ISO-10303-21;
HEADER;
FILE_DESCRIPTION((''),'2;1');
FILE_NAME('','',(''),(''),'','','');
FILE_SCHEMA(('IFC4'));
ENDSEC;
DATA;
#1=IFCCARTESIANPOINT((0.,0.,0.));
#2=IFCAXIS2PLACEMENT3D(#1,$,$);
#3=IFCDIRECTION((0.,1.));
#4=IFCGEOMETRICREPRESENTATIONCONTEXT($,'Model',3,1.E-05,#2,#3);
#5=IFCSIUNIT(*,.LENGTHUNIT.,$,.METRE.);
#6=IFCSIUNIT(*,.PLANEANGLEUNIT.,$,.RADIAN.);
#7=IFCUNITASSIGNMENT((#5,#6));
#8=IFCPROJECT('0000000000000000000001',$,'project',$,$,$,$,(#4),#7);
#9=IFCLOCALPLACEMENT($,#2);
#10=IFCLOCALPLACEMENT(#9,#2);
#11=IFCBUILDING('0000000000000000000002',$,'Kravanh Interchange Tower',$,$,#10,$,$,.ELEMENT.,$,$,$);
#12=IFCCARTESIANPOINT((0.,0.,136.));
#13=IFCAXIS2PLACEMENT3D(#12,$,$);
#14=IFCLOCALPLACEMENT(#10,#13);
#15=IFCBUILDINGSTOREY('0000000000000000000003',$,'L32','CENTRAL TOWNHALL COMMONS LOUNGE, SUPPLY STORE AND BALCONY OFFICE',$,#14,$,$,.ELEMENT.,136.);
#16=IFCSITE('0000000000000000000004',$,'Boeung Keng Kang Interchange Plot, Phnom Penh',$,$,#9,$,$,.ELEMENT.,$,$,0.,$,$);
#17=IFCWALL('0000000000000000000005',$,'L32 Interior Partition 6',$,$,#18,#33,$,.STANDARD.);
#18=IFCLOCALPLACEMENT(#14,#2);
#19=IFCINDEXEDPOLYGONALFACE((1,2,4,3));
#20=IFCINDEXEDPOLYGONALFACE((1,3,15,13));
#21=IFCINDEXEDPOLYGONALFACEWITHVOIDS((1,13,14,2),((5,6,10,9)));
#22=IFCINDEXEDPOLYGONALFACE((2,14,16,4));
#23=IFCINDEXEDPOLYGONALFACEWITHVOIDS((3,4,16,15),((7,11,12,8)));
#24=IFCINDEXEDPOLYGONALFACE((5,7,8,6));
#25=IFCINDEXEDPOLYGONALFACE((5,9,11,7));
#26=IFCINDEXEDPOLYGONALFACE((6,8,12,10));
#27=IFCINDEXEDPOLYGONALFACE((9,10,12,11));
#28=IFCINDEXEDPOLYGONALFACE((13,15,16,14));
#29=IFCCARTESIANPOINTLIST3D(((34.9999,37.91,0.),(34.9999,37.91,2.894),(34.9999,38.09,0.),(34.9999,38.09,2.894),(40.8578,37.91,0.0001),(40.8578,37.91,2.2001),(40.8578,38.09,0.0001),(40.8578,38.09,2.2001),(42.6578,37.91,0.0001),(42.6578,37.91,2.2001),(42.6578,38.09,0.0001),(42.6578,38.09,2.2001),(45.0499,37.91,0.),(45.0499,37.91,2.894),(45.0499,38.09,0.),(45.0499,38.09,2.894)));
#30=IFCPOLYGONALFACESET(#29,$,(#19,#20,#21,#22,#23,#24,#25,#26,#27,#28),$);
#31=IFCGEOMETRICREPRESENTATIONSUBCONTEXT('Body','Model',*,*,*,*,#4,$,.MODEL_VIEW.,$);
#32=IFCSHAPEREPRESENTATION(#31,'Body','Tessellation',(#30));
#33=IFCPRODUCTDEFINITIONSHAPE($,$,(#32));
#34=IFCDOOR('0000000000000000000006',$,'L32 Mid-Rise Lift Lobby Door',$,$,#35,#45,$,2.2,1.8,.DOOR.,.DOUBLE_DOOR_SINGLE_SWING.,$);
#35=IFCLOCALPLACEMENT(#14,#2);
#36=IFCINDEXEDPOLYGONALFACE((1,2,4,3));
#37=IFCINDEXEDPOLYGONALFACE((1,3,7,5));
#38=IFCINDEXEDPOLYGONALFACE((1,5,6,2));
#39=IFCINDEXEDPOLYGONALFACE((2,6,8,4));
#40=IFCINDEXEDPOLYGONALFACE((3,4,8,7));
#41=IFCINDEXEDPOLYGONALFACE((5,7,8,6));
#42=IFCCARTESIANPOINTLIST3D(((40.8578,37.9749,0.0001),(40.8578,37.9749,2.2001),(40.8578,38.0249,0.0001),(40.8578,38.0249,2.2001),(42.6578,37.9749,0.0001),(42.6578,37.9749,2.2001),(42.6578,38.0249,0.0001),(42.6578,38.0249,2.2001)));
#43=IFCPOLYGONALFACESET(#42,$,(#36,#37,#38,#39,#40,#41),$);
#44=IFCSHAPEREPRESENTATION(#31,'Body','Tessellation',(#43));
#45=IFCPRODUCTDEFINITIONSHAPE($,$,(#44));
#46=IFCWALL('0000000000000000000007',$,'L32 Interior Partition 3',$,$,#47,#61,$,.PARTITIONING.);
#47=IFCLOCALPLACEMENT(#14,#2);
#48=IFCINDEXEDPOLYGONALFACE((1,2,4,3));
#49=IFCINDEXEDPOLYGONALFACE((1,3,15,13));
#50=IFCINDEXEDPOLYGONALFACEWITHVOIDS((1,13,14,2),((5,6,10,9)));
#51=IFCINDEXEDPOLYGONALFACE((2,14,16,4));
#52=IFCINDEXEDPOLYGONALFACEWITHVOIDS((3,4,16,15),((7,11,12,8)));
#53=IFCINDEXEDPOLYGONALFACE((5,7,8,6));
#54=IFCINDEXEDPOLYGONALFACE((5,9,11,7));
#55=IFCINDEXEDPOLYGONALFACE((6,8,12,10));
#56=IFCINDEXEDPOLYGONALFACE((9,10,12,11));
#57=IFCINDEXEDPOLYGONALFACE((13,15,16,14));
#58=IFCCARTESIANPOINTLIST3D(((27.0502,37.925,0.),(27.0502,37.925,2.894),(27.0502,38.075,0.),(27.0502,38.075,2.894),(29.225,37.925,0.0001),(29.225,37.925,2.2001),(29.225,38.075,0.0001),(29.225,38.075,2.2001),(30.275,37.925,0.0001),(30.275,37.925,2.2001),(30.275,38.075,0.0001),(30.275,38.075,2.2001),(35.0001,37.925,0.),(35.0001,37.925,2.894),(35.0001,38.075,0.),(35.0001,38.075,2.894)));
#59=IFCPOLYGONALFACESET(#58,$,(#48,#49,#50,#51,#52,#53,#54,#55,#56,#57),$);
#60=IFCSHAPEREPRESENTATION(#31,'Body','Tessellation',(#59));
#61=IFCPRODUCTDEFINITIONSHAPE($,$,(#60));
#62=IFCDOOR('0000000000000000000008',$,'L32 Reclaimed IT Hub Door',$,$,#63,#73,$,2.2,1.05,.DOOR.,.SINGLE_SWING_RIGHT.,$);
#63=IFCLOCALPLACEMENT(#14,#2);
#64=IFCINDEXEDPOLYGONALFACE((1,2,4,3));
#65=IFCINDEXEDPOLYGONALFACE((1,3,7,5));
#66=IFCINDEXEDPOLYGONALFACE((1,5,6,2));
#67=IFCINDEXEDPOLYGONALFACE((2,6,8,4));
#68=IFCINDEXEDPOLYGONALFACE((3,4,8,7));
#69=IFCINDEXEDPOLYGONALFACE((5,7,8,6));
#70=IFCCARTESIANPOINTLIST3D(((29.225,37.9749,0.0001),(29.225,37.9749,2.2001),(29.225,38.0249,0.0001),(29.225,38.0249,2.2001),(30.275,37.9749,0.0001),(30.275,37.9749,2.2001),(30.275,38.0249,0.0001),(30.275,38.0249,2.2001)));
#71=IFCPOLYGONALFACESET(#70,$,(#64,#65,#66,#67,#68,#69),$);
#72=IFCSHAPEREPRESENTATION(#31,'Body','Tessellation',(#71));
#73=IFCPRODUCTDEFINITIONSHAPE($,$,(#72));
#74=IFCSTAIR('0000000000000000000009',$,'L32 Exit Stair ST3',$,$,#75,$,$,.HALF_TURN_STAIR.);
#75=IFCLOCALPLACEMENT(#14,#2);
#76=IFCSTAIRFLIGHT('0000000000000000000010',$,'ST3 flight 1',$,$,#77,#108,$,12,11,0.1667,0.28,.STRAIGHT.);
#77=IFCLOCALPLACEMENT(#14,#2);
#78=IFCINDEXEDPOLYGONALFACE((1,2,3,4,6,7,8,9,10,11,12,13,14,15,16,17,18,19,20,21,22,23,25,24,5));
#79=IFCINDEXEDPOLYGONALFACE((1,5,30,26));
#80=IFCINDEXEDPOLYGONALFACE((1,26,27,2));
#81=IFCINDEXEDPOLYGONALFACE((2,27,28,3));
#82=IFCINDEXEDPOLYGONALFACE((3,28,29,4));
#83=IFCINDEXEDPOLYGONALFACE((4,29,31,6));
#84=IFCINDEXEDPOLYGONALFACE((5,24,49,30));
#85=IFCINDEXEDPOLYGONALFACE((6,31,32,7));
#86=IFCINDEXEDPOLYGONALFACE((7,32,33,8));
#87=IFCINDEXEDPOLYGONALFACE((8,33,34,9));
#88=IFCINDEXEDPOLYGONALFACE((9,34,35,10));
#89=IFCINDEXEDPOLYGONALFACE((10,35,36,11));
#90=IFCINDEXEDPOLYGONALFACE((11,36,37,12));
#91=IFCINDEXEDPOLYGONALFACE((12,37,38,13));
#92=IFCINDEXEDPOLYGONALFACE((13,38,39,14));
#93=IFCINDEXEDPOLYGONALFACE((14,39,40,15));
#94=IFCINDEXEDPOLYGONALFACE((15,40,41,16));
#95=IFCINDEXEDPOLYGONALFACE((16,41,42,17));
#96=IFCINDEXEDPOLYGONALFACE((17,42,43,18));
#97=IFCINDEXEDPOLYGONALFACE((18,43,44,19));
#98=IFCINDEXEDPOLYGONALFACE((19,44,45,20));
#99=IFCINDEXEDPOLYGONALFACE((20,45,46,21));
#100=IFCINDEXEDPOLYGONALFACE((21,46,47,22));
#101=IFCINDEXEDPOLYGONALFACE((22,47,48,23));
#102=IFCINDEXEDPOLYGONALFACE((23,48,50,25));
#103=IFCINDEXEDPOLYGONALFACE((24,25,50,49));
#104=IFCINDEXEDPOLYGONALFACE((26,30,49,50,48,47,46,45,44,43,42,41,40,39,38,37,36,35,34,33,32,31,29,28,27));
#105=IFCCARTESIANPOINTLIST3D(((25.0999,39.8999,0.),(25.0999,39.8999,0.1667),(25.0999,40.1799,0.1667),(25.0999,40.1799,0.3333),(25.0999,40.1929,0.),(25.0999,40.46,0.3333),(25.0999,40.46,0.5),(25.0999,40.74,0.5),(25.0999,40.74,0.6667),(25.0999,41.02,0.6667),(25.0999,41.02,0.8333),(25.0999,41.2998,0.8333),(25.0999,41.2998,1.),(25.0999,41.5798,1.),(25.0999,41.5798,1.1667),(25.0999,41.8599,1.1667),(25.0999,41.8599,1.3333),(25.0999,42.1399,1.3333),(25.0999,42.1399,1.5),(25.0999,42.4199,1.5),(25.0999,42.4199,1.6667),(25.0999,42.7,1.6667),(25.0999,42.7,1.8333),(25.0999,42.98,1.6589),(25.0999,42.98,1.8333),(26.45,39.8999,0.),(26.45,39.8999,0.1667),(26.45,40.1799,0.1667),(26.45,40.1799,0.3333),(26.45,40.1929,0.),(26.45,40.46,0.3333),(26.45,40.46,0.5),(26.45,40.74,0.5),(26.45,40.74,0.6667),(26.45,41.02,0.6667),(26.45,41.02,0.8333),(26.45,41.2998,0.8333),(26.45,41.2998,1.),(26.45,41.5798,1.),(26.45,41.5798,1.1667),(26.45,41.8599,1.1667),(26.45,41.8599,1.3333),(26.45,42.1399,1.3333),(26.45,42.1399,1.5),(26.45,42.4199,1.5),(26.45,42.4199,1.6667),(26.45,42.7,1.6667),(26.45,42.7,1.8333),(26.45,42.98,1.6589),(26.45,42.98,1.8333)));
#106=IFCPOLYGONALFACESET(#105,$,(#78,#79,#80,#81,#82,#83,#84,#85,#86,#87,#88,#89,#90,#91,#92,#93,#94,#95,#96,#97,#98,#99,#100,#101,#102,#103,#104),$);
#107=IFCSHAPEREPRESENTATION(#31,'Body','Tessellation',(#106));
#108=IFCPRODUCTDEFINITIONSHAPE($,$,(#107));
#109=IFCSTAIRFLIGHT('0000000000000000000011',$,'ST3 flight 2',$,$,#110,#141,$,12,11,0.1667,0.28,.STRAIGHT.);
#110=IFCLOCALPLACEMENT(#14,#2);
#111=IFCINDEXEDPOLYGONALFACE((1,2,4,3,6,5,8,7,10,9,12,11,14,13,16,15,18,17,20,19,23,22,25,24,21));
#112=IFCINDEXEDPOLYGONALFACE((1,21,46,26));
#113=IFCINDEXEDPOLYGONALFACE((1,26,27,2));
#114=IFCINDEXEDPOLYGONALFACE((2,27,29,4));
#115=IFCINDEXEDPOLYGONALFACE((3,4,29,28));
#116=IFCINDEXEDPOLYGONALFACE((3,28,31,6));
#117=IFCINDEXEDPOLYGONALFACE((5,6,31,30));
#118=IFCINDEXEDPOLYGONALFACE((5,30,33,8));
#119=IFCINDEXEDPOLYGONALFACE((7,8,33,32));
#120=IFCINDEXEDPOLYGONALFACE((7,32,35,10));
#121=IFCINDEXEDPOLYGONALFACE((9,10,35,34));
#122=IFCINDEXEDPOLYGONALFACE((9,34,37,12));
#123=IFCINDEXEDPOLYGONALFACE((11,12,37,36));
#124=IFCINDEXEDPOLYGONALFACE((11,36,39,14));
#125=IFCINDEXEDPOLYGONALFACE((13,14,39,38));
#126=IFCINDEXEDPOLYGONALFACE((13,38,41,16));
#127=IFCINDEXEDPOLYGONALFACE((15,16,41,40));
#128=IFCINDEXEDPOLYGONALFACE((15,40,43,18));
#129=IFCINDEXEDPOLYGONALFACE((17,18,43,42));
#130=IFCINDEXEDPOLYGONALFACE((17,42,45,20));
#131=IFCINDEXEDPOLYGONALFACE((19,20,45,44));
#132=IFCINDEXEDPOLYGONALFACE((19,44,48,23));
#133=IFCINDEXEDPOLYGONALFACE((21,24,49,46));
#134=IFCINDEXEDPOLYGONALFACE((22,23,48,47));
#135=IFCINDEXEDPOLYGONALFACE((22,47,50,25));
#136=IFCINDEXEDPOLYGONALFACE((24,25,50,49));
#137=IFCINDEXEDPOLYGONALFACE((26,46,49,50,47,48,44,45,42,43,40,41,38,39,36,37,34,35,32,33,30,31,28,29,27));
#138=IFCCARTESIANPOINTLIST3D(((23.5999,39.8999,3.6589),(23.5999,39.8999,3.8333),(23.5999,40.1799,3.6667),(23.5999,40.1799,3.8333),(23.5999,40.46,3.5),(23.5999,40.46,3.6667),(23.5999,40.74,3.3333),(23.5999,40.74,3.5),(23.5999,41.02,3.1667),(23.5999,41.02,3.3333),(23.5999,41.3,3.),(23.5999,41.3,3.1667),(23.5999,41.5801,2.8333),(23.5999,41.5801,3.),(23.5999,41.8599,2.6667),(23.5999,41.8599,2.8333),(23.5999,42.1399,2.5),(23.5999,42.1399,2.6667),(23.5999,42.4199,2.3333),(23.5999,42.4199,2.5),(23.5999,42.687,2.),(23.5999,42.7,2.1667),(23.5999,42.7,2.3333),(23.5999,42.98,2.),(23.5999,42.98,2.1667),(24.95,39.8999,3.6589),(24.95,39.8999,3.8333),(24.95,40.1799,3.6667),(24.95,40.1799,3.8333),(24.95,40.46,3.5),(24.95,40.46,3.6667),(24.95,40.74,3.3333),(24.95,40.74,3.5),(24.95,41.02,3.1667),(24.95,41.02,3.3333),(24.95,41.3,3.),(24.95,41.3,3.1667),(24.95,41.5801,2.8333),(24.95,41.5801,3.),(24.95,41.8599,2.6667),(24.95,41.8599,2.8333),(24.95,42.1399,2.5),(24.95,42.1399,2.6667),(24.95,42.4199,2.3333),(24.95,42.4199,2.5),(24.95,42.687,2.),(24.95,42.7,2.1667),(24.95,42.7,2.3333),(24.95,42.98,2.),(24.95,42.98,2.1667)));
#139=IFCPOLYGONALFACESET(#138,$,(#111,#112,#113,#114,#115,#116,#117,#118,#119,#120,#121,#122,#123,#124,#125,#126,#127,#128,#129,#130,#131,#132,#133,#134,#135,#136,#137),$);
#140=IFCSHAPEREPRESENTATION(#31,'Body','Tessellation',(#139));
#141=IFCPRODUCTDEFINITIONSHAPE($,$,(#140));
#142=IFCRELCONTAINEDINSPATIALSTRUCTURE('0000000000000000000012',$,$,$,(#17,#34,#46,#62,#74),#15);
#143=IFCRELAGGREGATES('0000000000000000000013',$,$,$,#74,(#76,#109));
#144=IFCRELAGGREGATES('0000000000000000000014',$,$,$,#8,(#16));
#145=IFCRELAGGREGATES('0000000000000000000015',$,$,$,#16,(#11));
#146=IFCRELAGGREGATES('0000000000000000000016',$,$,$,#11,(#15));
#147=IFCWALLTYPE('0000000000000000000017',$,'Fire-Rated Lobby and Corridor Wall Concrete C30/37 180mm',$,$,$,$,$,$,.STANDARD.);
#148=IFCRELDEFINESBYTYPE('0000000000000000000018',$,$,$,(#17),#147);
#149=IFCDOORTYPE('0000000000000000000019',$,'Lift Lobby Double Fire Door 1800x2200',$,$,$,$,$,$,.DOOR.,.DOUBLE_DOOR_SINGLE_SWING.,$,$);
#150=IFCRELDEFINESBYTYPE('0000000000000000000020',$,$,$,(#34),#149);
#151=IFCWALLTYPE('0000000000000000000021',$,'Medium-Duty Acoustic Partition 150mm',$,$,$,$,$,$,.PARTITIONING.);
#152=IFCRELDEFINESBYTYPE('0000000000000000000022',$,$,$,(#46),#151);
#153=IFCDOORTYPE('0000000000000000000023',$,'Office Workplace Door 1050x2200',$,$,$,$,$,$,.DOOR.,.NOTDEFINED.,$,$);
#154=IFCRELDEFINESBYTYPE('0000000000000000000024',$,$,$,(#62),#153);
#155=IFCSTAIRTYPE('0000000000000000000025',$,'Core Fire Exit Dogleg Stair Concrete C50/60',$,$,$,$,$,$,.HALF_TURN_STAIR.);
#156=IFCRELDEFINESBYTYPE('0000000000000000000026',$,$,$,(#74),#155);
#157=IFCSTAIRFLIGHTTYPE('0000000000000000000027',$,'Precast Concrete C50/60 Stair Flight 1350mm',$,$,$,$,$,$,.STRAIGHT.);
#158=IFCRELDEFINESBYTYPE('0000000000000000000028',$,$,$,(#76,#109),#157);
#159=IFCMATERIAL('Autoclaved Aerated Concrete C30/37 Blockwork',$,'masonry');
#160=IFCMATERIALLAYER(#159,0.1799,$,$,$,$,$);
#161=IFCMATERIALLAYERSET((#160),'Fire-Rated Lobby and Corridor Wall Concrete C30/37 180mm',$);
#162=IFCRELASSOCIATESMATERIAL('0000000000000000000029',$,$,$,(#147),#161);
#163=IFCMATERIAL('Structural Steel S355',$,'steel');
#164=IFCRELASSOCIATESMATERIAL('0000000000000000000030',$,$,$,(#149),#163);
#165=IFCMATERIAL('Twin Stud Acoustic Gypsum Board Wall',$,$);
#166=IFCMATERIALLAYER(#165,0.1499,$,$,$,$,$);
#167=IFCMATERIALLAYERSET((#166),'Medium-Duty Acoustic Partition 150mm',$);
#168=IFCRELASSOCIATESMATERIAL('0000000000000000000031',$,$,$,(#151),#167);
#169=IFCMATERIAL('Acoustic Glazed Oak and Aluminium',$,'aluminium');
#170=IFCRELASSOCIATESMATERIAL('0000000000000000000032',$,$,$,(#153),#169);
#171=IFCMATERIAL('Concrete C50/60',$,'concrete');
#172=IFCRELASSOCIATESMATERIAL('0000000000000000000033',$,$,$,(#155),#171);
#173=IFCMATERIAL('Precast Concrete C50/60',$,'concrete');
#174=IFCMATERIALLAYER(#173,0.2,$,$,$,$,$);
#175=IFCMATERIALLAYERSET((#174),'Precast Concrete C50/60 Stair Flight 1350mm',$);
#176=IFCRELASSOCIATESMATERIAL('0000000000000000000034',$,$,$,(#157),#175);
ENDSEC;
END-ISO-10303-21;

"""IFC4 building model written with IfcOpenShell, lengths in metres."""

from ifc_helpers import new_model, si_unit, direction, frame, frame_2d, origin, place, context, subcontext, project, spatial, polyline, rectangle, outline, extrude, material, layer, layer_set, type_object, element, fill, aggregate, save


model = new_model("IFC4")

# Units and contexts
model_context = context("Model", 3, precision=1e-05, world=origin(), true_north=direction((0.0, 1.0)))
body_context = subcontext(model_context, "Body", "Model", "MODEL_VIEW")
ifc_project = project(units=[si_unit("LENGTHUNIT", "METRE"), si_unit("PLANEANGLEUNIT", "RADIAN")], contexts=[model_context])

# Site, building, storey
site_placement = place(None, origin())
site = spatial("IfcSite", under=ifc_project, at=site_placement, Name="Boeung Keng Kang Interchange Plot, Phnom Penh", CompositionType="ELEMENT", RefElevation=0.0)
building_placement = place(site_placement, origin())
building = spatial("IfcBuilding", under=site, at=building_placement, Name="Kravanh Interchange Tower", CompositionType="ELEMENT")
storey_placement = place(building_placement, frame((0.0, 0.0, 136.0)))
storey = spatial("IfcBuildingStorey", under=building, at=storey_placement, Name="L32", Description="CENTRAL TOWNHALL COMMONS LOUNGE, SUPPLY STORE AND BALCONY OFFICE", CompositionType="ELEMENT", Elevation=136.0)

# Shared definitions
ifc_material_1 = material(Name="Autoclaved Aerated Concrete C30/37 Blockwork", Category="masonry")
ifc_layer_1 = layer(ifc_material_1, 0.1799)
ifc_layer_set_1 = layer_set([ifc_layer_1], Name="Fire-Rated Lobby and Corridor Wall Concrete C30/37 180mm")
wall_type_1 = type_object("IfcWallType", Name="Fire-Rated Lobby and Corridor Wall Concrete C30/37 180mm", PredefinedType="STANDARD", material=ifc_layer_set_1)

# Walls, openings, doors
wall_1_placement = place(storey_placement, frame((35.0, 38.0, 0.0), z_axis=(0.0, 0.0, 1.0), x_axis=(1.0, 0.0, 0.0)))
wall_1 = element("IfcWall", 1, at=wall_1_placement, inside=storey, type_object=wall_type_1, Name="L32 Interior Partition 6", PredefinedType="STANDARD", context=body_context, shape_type="SweptSolid", body=[
    extrude(rectangle(XDim=10.05, YDim=0.1799, at=frame_2d((5.0249, 0.0))), origin(), (0.0, 0.0, 1.0), 2.894),
])
opening_1_placement = place(wall_1_placement, frame((5.8579, 0.0, 0.0)))
opening_1 = element("IfcOpeningElement", 2, at=opening_1_placement, cuts=wall_1, PredefinedType="OPENING", context=body_context, shape_type="SweptSolid", body=[
    extrude(rectangle(XDim=1.8, YDim=2.2, at=frame_2d((0.8999, 1.1001))), frame((0.0, 0.1001, 0.0), z_axis=(0.0, -1.0, 0.0), x_axis=(1.0, 0.0, 0.0)), (0.0, 0.0, 1.0), 0.2),
])
ifc_material_2 = material(Name="Structural Steel S355", Category="steel")
door_type_1 = type_object("IfcDoorType", Name="Lift Lobby Double Fire Door 1800x2200", OperationType="DOUBLE_DOOR_SINGLE_SWING", PredefinedType="DOOR", material=ifc_material_2)
door_1_placement = place(opening_1_placement, origin())
door_1 = element("IfcDoor", 3, at=door_1_placement, inside=storey, type_object=door_type_1, Name="L32 Mid-Rise Lift Lobby Door", OperationType="DOUBLE_DOOR_SINGLE_SWING", OverallHeight=2.2, OverallWidth=1.8, PredefinedType="DOOR", context=body_context, shape_type="SweptSolid", body=[
    extrude(rectangle(XDim=1.8, YDim=2.2, at=frame_2d((0.8999, 1.1001))), frame((0.0, 0.0249, 0.0), z_axis=(0.0, -1.0, 0.0), x_axis=(1.0, 0.0, 0.0)), (0.0, 0.0, 1.0), 0.05),
])
fill(opening_1, door_1)
ifc_material_3 = material(Name="Twin Stud Acoustic Gypsum Board Wall")
ifc_layer_2 = layer(ifc_material_3, 0.1499)
ifc_layer_set_2 = layer_set([ifc_layer_2], Name="Medium-Duty Acoustic Partition 150mm")
wall_type_2 = type_object("IfcWallType", Name="Medium-Duty Acoustic Partition 150mm", PredefinedType="PARTITIONING", material=ifc_layer_set_2)
wall_2_placement = place(storey_placement, frame((27.05, 38.0, 0.0), z_axis=(0.0, 0.0, 1.0), x_axis=(1.0, 0.0, 0.0)))
wall_2 = element("IfcWall", 4, at=wall_2_placement, inside=storey, type_object=wall_type_2, Name="L32 Interior Partition 3", PredefinedType="PARTITIONING", context=body_context, shape_type="SweptSolid", body=[
    extrude(rectangle(XDim=7.95, YDim=0.1499, at=frame_2d((3.9751, 0.0))), origin(), (0.0, 0.0, 1.0), 2.894),
])
opening_2_placement = place(wall_2_placement, frame((2.175, 0.0, 0.0)))
opening_2 = element("IfcOpeningElement", 5, at=opening_2_placement, cuts=wall_2, PredefinedType="OPENING", context=body_context, shape_type="SweptSolid", body=[
    extrude(rectangle(XDim=1.05, YDim=2.2, at=frame_2d((0.5249, 1.1001))), frame((0.0, 0.085, 0.0), z_axis=(0.0, -1.0, 0.0), x_axis=(1.0, 0.0, 0.0)), (0.0, 0.0, 1.0), 0.1699),
])
ifc_material_4 = material(Name="Acoustic Glazed Oak and Aluminium", Category="aluminium")
door_type_2 = type_object("IfcDoorType", Name="Office Workplace Door 1050x2200", OperationType="NOTDEFINED", PredefinedType="DOOR", material=ifc_material_4)
door_2_placement = place(opening_2_placement, origin())
door_2 = element("IfcDoor", 6, at=door_2_placement, inside=storey, type_object=door_type_2, Name="L32 Reclaimed IT Hub Door", OperationType="SINGLE_SWING_RIGHT", OverallHeight=2.2, OverallWidth=1.05, PredefinedType="DOOR", context=body_context, shape_type="SweptSolid", body=[
    extrude(rectangle(XDim=1.05, YDim=2.2, at=frame_2d((0.5249, 1.1001))), frame((0.0, 0.0249, 0.0), z_axis=(0.0, -1.0, 0.0), x_axis=(1.0, 0.0, 0.0)), (0.0, 0.0, 1.0), 0.05),
])
fill(opening_2, door_2)

# Stair, stair flights
ifc_material_5 = material(Name="Concrete C50/60", Category="concrete")
stair_type = type_object("IfcStairType", Name="Core Fire Exit Dogleg Stair Concrete C50/60", PredefinedType="HALF_TURN_STAIR", material=ifc_material_5)
stair_placement = place(storey_placement, origin())
stair = element("IfcStair", 7, at=stair_placement, inside=storey, type_object=stair_type, Name="L32 Exit Stair ST3", PredefinedType="HALF_TURN_STAIR")
ifc_material_6 = material(Name="Precast Concrete C50/60", Category="concrete")
ifc_layer_3 = layer(ifc_material_6, 0.2)
ifc_layer_set_3 = layer_set([ifc_layer_3], Name="Precast Concrete C50/60 Stair Flight 1350mm")
stair_flight_type = type_object("IfcStairFlightType", Name="Precast Concrete C50/60 Stair Flight 1350mm", PredefinedType="STRAIGHT", material=ifc_layer_set_3)
stair_flight_1_placement = place(storey_placement, frame((25.7749, 39.8999, 0.0), z_axis=(0.0, 0.0, 1.0), x_axis=(0.0, 1.0, 0.0)))
stair_flight_1 = element("IfcStairFlight", 8, at=stair_flight_1_placement, type_object=stair_flight_type, Name="ST3 flight 1", NumberOfRisers=12, NumberOfTreads=11, PredefinedType="STRAIGHT", RiserHeight=0.1667, TreadLength=0.28, context=body_context, shape_type="SweptSolid", body=[
    extrude(outline(polyline([(0.0, 0.0), (0.0, 0.1667), (0.28, 0.1667), (0.28, 0.3333), (0.5601, 0.3333), (0.5601, 0.5), (0.8401, 0.5), (0.8401, 0.6667), (1.1201, 0.6667), (1.1201, 0.8333), (1.3999, 0.8333), (1.3999, 1.0), (1.6799, 1.0), (1.6799, 1.1667), (1.96, 1.1667), (1.96, 1.3333), (2.24, 1.3333), (2.24, 1.5), (2.52, 1.5), (2.52, 1.6667), (2.8, 1.6667), (2.8, 1.8333), (3.0801, 1.8333), (3.0801, 2.0), (3.0801, 1.6589), (0.293, 0.0), (0.0, 0.0)])), frame((0.0, 0.675, 0.0), z_axis=(0.0, -1.0, 0.0), x_axis=(1.0, 0.0, 0.0)), (0.0, 0.0, 1.0), 1.3501),
])
stair_flight_2_placement = place(storey_placement, frame((24.2749, 42.98, 2.0), z_axis=(0.0, 0.0, 1.0), x_axis=(0.0, -1.0, 0.0)))
stair_flight_2 = element("IfcStairFlight", 9, at=stair_flight_2_placement, type_object=stair_flight_type, Name="ST3 flight 2", NumberOfRisers=12, NumberOfTreads=11, PredefinedType="STRAIGHT", RiserHeight=0.1667, TreadLength=0.28, context=body_context, shape_type="SweptSolid", body=[
    extrude(outline(polyline([(0.0, 0.0), (0.0, 0.1667), (0.28, 0.1667), (0.28, 0.3333), (0.5601, 0.3333), (0.5601, 0.5), (0.8401, 0.5), (0.8401, 0.6667), (1.1201, 0.6667), (1.1201, 0.8333), (1.3999, 0.8333), (1.3999, 1.0), (1.6799, 1.0), (1.6799, 1.1667), (1.96, 1.1667), (1.96, 1.3333), (2.24, 1.3333), (2.24, 1.5), (2.52, 1.5), (2.52, 1.6667), (2.8, 1.6667), (2.8, 1.8333), (3.0801, 1.8333), (3.0801, 2.0), (3.0801, 1.6589), (0.293, 0.0), (0.0, 0.0)])), frame((0.0, 0.675, 0.0), z_axis=(0.0, -1.0, 0.0), x_axis=(1.0, 0.0, 0.0)), (0.0, 0.0, 1.0), 1.3501),
])
aggregate(stair, [stair_flight_1, stair_flight_2])

save(model, "model.ifc")
